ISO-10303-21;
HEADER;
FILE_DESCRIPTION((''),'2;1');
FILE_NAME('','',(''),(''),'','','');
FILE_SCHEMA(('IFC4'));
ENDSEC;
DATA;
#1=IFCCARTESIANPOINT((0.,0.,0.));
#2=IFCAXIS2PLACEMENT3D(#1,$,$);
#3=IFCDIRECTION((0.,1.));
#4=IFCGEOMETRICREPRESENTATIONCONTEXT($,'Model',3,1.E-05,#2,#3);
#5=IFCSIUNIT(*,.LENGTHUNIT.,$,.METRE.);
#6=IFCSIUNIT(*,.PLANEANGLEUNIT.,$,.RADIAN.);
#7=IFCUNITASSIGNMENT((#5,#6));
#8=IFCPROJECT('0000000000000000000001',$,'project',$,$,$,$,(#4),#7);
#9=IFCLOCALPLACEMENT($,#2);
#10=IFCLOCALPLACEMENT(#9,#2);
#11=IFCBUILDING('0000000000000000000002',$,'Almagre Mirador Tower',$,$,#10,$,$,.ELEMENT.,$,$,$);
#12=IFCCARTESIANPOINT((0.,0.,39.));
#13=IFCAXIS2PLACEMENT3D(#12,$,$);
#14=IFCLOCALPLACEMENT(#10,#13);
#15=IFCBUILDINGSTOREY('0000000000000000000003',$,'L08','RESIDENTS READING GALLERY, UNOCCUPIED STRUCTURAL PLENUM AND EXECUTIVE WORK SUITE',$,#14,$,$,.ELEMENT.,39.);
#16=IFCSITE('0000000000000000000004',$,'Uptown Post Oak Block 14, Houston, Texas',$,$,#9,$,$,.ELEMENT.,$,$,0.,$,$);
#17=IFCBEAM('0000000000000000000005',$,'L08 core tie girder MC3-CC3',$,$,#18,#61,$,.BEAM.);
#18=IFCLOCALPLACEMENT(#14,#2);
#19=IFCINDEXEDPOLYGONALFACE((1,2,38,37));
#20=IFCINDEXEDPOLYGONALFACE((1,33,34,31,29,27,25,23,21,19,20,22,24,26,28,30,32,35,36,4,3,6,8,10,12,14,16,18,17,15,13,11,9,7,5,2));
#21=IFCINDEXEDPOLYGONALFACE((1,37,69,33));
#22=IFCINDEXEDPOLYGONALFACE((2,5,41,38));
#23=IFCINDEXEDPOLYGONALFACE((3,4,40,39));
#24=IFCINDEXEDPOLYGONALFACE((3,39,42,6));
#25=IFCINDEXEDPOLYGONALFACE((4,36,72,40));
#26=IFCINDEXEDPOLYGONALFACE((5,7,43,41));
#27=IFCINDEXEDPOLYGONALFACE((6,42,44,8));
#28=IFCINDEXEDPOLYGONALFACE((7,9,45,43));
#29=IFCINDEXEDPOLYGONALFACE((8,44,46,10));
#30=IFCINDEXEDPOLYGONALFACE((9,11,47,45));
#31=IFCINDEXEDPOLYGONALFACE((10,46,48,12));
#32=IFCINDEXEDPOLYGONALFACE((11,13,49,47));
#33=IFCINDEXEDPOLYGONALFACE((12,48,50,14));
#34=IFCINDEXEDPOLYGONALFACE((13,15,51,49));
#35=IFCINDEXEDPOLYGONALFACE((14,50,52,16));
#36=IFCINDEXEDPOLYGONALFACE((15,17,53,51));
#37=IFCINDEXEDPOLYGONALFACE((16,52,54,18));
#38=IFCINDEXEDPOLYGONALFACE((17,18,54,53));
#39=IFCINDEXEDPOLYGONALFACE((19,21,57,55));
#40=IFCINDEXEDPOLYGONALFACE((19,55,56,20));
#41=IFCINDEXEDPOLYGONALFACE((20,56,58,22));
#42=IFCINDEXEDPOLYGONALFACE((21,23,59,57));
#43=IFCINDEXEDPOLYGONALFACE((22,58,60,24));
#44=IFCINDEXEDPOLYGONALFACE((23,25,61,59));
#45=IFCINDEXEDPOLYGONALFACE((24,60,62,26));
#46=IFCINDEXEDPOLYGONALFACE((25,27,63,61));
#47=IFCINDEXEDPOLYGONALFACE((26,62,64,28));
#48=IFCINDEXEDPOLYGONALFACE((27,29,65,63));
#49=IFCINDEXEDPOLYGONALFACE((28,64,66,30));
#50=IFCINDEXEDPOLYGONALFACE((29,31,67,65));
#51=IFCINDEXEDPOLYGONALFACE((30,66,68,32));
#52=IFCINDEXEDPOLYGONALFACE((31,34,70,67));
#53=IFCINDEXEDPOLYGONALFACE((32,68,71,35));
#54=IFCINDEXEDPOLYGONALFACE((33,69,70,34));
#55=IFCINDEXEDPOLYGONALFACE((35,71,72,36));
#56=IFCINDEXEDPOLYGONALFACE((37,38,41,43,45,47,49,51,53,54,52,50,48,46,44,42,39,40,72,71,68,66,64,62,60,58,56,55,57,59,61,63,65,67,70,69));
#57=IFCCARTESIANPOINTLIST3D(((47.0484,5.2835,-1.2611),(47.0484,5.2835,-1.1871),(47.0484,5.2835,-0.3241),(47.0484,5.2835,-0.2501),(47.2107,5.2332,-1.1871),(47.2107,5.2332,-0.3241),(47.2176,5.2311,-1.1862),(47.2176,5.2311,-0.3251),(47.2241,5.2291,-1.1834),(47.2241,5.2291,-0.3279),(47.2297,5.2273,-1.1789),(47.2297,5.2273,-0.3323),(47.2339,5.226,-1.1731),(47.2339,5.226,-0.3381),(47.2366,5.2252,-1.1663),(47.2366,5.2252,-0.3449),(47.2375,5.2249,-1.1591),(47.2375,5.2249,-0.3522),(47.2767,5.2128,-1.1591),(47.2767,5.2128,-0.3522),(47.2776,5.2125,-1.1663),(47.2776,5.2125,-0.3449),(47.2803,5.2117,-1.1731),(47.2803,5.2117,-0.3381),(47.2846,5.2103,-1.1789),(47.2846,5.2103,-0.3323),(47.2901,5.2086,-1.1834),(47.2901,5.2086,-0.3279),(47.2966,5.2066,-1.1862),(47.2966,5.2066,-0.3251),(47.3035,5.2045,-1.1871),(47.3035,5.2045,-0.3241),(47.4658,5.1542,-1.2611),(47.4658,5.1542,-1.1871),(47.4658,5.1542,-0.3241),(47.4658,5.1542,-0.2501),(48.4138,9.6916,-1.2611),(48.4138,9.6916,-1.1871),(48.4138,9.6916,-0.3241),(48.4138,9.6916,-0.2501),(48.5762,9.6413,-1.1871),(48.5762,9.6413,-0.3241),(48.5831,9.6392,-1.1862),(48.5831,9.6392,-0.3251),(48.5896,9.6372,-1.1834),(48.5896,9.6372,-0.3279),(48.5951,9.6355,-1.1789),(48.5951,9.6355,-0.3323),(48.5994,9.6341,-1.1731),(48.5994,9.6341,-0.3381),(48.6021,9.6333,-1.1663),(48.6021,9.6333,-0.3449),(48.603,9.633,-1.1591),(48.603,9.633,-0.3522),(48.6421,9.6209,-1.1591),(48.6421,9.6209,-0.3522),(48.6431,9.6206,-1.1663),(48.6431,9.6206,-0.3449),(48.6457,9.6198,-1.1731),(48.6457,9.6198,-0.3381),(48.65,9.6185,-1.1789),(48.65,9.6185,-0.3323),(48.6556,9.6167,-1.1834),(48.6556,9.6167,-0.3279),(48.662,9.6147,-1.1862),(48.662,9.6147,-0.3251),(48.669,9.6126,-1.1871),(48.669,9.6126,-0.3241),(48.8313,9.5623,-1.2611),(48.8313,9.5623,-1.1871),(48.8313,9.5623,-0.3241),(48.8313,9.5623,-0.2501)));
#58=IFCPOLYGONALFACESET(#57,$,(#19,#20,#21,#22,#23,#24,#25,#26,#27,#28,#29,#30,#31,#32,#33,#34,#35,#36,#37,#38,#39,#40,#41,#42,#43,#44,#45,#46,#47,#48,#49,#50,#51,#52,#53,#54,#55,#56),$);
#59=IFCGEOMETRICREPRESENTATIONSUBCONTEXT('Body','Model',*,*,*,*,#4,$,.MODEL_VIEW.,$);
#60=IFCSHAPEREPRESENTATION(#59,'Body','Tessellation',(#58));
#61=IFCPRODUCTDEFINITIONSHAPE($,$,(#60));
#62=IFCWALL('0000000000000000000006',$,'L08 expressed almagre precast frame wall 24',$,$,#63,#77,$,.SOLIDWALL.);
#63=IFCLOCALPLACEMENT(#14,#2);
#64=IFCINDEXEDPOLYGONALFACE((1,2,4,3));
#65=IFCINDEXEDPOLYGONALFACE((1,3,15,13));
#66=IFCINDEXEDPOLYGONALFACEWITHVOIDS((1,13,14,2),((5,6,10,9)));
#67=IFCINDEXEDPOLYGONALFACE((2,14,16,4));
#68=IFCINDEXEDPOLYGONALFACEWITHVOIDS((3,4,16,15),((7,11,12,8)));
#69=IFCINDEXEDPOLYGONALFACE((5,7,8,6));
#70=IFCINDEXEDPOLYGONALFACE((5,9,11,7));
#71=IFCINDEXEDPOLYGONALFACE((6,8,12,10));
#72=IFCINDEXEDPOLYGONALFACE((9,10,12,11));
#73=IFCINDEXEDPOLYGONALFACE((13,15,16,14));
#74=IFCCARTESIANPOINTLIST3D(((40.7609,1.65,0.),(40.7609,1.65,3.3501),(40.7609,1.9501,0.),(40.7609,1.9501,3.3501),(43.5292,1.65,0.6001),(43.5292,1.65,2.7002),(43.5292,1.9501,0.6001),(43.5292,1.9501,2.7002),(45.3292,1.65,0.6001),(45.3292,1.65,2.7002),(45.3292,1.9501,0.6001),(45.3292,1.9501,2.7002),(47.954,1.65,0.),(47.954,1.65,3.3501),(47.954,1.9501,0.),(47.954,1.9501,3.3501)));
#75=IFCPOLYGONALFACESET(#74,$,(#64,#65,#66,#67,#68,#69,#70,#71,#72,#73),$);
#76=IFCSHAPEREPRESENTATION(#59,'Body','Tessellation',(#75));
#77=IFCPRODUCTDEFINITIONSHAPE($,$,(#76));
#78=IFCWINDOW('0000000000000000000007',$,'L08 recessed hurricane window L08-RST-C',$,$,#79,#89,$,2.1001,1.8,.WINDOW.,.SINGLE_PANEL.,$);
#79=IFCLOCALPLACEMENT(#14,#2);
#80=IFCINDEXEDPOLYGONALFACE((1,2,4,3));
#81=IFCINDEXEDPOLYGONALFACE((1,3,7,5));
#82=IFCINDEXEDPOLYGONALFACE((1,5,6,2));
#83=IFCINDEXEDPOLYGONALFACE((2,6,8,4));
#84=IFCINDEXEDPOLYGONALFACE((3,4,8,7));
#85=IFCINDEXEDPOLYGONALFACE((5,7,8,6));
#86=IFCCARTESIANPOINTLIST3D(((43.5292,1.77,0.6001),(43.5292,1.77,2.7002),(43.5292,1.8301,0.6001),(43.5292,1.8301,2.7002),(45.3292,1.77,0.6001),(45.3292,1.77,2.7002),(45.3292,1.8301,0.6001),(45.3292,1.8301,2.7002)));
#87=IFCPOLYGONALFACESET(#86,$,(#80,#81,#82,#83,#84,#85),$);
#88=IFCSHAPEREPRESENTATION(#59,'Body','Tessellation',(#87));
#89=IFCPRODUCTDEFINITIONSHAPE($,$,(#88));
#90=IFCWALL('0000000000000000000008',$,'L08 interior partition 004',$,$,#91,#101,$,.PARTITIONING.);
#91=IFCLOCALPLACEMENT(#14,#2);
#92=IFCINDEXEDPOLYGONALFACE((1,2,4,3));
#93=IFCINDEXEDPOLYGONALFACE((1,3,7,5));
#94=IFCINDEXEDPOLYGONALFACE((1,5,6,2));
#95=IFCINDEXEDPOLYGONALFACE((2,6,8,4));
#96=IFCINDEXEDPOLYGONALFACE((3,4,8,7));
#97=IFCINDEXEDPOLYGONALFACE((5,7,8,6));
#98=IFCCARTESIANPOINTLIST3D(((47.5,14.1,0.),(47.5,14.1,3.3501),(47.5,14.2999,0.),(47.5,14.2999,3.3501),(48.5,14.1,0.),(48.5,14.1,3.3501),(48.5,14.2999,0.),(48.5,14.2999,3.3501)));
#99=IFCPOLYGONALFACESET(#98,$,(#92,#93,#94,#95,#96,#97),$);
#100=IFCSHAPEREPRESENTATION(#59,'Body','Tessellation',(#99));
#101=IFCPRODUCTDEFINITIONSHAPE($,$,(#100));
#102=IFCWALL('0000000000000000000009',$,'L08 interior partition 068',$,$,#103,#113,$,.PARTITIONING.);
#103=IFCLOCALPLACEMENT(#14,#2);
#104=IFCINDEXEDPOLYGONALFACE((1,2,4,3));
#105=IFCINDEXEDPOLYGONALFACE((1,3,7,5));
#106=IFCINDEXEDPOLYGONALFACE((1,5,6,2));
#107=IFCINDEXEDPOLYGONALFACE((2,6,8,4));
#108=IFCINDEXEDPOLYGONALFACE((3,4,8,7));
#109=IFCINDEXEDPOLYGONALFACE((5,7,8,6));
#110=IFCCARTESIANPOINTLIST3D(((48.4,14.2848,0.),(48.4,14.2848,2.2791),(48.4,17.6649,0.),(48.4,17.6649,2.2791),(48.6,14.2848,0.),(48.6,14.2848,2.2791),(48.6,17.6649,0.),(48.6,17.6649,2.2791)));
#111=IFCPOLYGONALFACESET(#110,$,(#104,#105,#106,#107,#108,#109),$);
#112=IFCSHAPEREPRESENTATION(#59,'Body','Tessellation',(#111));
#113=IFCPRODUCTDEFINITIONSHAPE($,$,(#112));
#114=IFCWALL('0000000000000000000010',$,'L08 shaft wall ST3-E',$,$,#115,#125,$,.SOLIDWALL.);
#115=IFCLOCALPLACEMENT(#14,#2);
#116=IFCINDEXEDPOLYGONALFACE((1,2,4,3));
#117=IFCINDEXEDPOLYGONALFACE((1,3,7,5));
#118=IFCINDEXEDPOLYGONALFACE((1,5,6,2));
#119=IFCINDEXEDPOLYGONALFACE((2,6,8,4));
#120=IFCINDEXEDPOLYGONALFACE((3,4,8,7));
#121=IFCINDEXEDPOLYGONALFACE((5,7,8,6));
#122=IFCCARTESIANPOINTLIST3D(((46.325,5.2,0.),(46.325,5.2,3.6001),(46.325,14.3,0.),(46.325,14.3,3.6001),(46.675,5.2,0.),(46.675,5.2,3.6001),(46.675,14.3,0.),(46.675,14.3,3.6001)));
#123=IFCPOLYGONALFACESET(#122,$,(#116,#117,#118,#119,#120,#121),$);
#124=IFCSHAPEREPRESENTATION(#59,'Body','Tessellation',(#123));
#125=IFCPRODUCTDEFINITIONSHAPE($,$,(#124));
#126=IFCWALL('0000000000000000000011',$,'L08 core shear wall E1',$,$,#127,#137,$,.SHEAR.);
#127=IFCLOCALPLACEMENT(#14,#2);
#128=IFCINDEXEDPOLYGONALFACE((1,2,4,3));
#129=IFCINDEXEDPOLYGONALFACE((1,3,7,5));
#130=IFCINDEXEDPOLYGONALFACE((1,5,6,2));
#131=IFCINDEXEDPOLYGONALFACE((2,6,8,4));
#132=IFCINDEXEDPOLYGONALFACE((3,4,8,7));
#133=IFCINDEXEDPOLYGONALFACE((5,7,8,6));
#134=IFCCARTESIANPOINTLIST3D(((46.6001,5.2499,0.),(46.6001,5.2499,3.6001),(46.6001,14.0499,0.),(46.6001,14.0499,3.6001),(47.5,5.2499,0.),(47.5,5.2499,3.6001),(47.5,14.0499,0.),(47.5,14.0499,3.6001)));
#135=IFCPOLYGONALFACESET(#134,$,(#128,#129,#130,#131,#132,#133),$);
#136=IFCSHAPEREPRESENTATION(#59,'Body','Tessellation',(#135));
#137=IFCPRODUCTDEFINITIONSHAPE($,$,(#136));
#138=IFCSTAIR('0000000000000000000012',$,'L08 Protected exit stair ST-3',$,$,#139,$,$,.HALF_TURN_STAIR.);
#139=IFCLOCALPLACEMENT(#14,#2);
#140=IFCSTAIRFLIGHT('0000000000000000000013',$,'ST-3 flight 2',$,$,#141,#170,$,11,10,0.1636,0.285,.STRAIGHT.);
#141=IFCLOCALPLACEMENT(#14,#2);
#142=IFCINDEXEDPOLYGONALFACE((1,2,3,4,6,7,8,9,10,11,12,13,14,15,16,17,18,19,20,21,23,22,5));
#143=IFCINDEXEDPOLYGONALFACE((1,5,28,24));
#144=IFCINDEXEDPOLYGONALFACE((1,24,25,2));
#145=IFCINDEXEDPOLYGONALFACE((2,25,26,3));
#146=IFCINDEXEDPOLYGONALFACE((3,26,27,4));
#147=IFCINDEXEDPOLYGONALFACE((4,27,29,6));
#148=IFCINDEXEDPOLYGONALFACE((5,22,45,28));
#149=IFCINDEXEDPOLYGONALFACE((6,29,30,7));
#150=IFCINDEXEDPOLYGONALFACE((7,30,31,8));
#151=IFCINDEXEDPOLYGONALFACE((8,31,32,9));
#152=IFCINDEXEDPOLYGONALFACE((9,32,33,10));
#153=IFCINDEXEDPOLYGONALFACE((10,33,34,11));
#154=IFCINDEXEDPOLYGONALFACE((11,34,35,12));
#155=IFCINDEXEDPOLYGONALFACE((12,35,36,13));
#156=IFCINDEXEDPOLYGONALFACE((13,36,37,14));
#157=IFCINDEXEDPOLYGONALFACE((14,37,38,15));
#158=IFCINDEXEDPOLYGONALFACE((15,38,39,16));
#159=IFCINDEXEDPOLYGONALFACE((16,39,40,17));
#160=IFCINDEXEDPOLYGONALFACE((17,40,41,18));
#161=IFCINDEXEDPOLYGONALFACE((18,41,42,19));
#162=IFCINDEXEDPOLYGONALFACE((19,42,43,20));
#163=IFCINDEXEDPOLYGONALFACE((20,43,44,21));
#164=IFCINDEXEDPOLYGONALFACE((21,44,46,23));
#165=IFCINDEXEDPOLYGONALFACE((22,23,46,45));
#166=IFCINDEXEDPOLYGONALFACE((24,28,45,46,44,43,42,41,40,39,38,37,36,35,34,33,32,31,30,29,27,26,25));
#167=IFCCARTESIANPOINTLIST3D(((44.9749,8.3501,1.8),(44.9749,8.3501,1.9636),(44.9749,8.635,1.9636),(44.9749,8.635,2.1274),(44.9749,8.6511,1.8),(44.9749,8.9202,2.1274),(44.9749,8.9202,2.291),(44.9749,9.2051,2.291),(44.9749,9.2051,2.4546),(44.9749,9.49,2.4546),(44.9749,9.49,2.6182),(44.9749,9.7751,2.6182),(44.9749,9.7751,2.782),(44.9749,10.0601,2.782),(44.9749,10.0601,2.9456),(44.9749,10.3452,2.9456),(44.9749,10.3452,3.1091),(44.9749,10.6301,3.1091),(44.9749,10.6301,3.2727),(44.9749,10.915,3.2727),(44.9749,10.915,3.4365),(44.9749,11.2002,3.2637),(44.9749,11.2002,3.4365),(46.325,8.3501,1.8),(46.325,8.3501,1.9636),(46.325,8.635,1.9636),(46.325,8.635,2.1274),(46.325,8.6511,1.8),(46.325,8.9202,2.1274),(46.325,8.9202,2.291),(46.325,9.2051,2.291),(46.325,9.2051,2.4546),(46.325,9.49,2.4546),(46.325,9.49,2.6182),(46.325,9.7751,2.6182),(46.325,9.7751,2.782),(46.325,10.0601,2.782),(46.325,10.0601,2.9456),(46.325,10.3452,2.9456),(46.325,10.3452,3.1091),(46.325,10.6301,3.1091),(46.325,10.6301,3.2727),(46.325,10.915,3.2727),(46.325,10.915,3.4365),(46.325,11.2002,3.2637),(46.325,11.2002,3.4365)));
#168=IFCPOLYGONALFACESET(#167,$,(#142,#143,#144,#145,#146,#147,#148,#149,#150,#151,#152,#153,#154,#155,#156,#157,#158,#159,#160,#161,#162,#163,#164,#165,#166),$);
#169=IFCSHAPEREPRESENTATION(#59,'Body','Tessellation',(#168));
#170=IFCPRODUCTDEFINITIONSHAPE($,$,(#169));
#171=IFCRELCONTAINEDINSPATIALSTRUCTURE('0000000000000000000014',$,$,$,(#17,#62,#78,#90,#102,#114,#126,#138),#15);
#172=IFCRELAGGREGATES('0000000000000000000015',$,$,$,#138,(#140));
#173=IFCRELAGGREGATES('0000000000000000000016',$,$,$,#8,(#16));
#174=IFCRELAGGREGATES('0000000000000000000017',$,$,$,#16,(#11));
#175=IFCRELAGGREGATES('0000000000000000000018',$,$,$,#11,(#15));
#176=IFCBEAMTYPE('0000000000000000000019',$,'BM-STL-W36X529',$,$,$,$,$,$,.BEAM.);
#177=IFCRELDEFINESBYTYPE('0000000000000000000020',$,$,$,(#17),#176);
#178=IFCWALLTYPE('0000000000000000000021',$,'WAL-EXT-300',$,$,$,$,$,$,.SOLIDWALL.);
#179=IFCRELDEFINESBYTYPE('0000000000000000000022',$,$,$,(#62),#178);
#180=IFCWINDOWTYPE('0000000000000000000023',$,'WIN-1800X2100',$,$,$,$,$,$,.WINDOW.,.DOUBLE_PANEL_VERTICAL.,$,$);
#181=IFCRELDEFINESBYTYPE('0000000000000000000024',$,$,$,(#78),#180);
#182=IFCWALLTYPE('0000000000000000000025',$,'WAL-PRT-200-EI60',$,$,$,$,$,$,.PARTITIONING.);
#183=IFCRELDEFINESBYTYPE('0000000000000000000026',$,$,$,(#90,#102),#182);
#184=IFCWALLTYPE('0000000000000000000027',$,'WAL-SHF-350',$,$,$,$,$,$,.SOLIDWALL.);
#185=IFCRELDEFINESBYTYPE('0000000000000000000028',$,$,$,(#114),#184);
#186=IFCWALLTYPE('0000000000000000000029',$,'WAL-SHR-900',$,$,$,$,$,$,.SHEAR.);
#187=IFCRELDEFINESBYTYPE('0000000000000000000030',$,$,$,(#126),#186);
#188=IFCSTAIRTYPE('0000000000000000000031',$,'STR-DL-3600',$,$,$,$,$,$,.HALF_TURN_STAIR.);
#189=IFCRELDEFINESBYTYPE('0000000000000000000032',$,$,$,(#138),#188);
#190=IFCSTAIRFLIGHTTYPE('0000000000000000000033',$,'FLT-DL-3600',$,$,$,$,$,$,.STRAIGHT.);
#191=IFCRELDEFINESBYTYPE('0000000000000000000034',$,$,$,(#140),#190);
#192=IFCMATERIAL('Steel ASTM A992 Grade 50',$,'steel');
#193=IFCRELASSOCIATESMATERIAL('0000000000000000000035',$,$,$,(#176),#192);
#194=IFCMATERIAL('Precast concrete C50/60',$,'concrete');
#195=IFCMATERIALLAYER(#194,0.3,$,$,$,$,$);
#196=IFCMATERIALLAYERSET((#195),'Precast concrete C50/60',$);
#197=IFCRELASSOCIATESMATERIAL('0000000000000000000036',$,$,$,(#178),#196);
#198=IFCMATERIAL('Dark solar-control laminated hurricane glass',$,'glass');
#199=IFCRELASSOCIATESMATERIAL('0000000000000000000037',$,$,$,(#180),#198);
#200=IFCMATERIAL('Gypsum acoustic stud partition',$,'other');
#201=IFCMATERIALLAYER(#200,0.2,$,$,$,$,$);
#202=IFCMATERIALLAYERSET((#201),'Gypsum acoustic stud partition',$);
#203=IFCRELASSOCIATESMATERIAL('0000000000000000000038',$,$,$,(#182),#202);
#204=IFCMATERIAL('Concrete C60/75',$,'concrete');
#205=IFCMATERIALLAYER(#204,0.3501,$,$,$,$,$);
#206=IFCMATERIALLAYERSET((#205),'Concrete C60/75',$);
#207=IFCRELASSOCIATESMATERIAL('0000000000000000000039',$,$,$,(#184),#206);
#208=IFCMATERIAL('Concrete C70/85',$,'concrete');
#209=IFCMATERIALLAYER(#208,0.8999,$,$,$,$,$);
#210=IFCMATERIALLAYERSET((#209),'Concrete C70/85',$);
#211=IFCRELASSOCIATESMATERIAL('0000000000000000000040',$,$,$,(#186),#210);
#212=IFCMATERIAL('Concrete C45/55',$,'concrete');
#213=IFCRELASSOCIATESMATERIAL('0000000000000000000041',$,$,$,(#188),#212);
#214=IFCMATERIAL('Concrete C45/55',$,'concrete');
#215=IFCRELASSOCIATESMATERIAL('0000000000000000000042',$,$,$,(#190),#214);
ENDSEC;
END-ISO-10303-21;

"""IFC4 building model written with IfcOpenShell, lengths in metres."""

from ifc_helpers import new_model, si_unit, direction, frame, frame_2d, origin, origin_2d, place, context, subcontext, project, spatial, polyline, rectangle, i_section, outline, extrude, material, layer, layer_set, material_profile, profile_set, type_object, element, fill, aggregate, save


model = new_model("IFC4")

# Units and contexts
model_context = context("Model", 3, precision=1e-05, world=origin(), true_north=direction((0.0, 1.0)))
body_context = subcontext(model_context, "Body", "Model", "MODEL_VIEW")
ifc_project = project(units=[si_unit("LENGTHUNIT", "METRE"), si_unit("PLANEANGLEUNIT", "RADIAN")], contexts=[model_context])

# Site, building, storey
site_placement = place(None, origin())
site = spatial("IfcSite", under=ifc_project, at=site_placement, Name="Uptown Post Oak Block 14, Houston, Texas", CompositionType="ELEMENT", RefElevation=0.0)
building_placement = place(site_placement, origin())
building = spatial("IfcBuilding", under=site, at=building_placement, Name="Almagre Mirador Tower", CompositionType="ELEMENT")
storey_placement = place(building_placement, frame((0.0, 0.0, 39.0)))
storey = spatial("IfcBuildingStorey", under=building, at=storey_placement, Name="L08", Description="RESIDENTS READING GALLERY, UNOCCUPIED STRUCTURAL PLENUM AND EXECUTIVE WORK SUITE", CompositionType="ELEMENT", Elevation=39.0)

# Beam
ifc_material_1 = material(Name="Steel ASTM A992 Grade 50", Category="steel")
ifc_material_profile_1 = material_profile(ifc_material_1, i_section(OverallWidth=0.437, OverallDepth=1.011, WebThickness=0.041, FlangeThickness=0.074, FilletRadius=0.0281, at=origin_2d()), Name="W36X529")
ifc_profile_set_1 = profile_set([ifc_material_profile_1], Name="Steel ASTM A992 Grade 50")
beam_type_1 = type_object("IfcBeamType", Name="BM-STL-W36X529", PredefinedType="BEAM", material=ifc_profile_set_1)
beam_1_placement = place(storey_placement, frame((48.6226, 9.627, -0.7556), z_axis=(-0.295888, -0.955223, 0.0), x_axis=(0.955223, -0.295888, 0.0)))
element("IfcBeam", 1, at=beam_1_placement, inside=storey, type_object=beam_type_1, Name="L08 core tie girder MC3-CC3", PredefinedType="BEAM", context=body_context, shape_type="SweptSolid", body=[
    extrude(i_section(OverallWidth=0.437, OverallDepth=1.011, WebThickness=0.041, FlangeThickness=0.074, FilletRadius=0.0281, at=origin_2d()), origin(), (0.0, 0.0, 1.0), 4.6147),
])

# Wall, opening, window
ifc_material_2 = material(Name="Precast concrete C50/60", Category="concrete")
ifc_layer_1 = layer(ifc_material_2, 0.3)
ifc_layer_set_1 = layer_set([ifc_layer_1], Name="Precast concrete C50/60")
wall_type_1 = type_object("IfcWallType", Name="WAL-EXT-300", PredefinedType="SOLIDWALL", material=ifc_layer_set_1)
wall_1_placement = place(storey_placement, frame((47.9541, 1.8, 0.0), z_axis=(0.0, 0.0, 1.0), x_axis=(-1.0, 0.0, 0.0)))
wall_1 = element("IfcWall", 2, at=wall_1_placement, inside=storey, type_object=wall_type_1, Name="L08 expressed almagre precast frame wall 24", PredefinedType="SOLIDWALL", context=body_context, shape_type="SweptSolid", body=[
    extrude(rectangle(XDim=7.1931, YDim=0.3, at=frame_2d((3.5967, 0.0))), origin(), (0.0, 0.0, 1.0), 3.3501),
])
opening_placement = place(wall_1_placement, frame((2.625, 0.0, 0.6001)))
opening = element("IfcOpeningElement", 3, at=opening_placement, cuts=wall_1, PredefinedType="OPENING", context=body_context, shape_type="SweptSolid", body=[
    extrude(rectangle(XDim=1.8, YDim=2.1001, at=frame_2d((0.8999, 1.05))), frame((0.0, 0.1599, 0.0), z_axis=(0.0, -1.0, 0.0), x_axis=(1.0, 0.0, 0.0)), (0.0, 0.0, 1.0), 0.32),
])
ifc_material_3 = material(Name="Dark solar-control laminated hurricane glass", Category="glass")
window_type = type_object("IfcWindowType", Name="WIN-1800X2100", PartitioningType="DOUBLE_PANEL_VERTICAL", PredefinedType="WINDOW", material=ifc_material_3)
window_placement = place(opening_placement, origin())
window = element("IfcWindow", 4, at=window_placement, inside=storey, type_object=window_type, Name="L08 recessed hurricane window L08-RST-C", OverallHeight=2.1001, OverallWidth=1.8, PartitioningType="SINGLE_PANEL", PredefinedType="WINDOW", context=body_context, shape_type="SweptSolid", body=[
    extrude(rectangle(XDim=1.8, YDim=2.1001, at=frame_2d((0.8999, 1.05))), frame((0.0, 0.03, 0.0), z_axis=(0.0, -1.0, 0.0), x_axis=(1.0, 0.0, 0.0)), (0.0, 0.0, 1.0), 0.0601),
])
fill(opening, window)

# Walls
ifc_material_4 = material(Name="Gypsum acoustic stud partition", Category="other")
ifc_layer_2 = layer(ifc_material_4, 0.2)
ifc_layer_set_2 = layer_set([ifc_layer_2], Name="Gypsum acoustic stud partition")
wall_type_2 = type_object("IfcWallType", Name="WAL-PRT-200-EI60", PredefinedType="PARTITIONING", material=ifc_layer_set_2)
wall_2_placement = place(storey_placement, frame((47.5, 14.2, 0.0), z_axis=(0.0, 0.0, 1.0), x_axis=(1.0, 0.0, 0.0)))
element("IfcWall", 5, at=wall_2_placement, inside=storey, type_object=wall_type_2, Name="L08 interior partition 004", PredefinedType="PARTITIONING", context=body_context, shape_type="SweptSolid", body=[
    extrude(rectangle(XDim=1.0, YDim=0.2, at=frame_2d((0.5, 0.0))), origin(), (0.0, 0.0, 1.0), 3.3501),
])
wall_3_placement = place(storey_placement, frame((48.5, 14.2849, 0.0), z_axis=(0.0, 0.0, 1.0), x_axis=(0.0, 1.0, 0.0)))
element("IfcWall", 6, at=wall_3_placement, inside=storey, type_object=wall_type_2, Name="L08 interior partition 068", PredefinedType="PARTITIONING", context=body_context, shape_type="SweptSolid", body=[
    extrude(rectangle(XDim=3.3801, YDim=0.2, at=frame_2d((1.6899, 0.0))), origin(), (0.0, 0.0, 1.0), 2.2791),
])
ifc_material_5 = material(Name="Concrete C60/75", Category="concrete")
ifc_layer_3 = layer(ifc_material_5, 0.3501)
ifc_layer_set_3 = layer_set([ifc_layer_3], Name="Concrete C60/75")
wall_type_3 = type_object("IfcWallType", Name="WAL-SHF-350", PredefinedType="SOLIDWALL", material=ifc_layer_set_3)
wall_4_placement = place(storey_placement, frame((46.5, 5.2, 0.0), z_axis=(0.0, 0.0, 1.0), x_axis=(0.0, 1.0, 0.0)))
element("IfcWall", 7, at=wall_4_placement, inside=storey, type_object=wall_type_3, Name="L08 shaft wall ST3-E", PredefinedType="SOLIDWALL", context=body_context, shape_type="SweptSolid", body=[
    extrude(rectangle(XDim=9.1001, YDim=0.3501, at=frame_2d((4.55, 0.0))), origin(), (0.0, 0.0, 1.0), 3.6001),
])
ifc_material_6 = material(Name="Concrete C70/85", Category="concrete")
ifc_layer_4 = layer(ifc_material_6, 0.8999)
ifc_layer_set_4 = layer_set([ifc_layer_4], Name="Concrete C70/85")
wall_type_4 = type_object("IfcWallType", Name="WAL-SHR-900", PredefinedType="SHEAR", material=ifc_layer_set_4)
wall_5_placement = place(storey_placement, frame((47.05, 5.25, 0.0), z_axis=(0.0, 0.0, 1.0), x_axis=(0.0, 1.0, 0.0)))
element("IfcWall", 8, at=wall_5_placement, inside=storey, type_object=wall_type_4, Name="L08 core shear wall E1", PredefinedType="SHEAR", context=body_context, shape_type="SweptSolid", body=[
    extrude(rectangle(XDim=8.8, YDim=0.8999, at=frame_2d((4.3999, 0.0))), origin(), (0.0, 0.0, 1.0), 3.6001),
])

# Stair, stair flight
ifc_material_7 = material(Name="Concrete C45/55", Category="concrete")
stair_type = type_object("IfcStairType", Name="STR-DL-3600", PredefinedType="HALF_TURN_STAIR", material=ifc_material_7)
stair_placement = place(storey_placement, origin())
stair = element("IfcStair", 9, at=stair_placement, inside=storey, type_object=stair_type, Name="L08 Protected exit stair ST-3", PredefinedType="HALF_TURN_STAIR")
ifc_material_8 = material(Name="Concrete C45/55", Category="concrete")
stair_flight_type = type_object("IfcStairFlightType", Name="FLT-DL-3600", PredefinedType="STRAIGHT", material=ifc_material_8)
stair_flight_placement = place(storey_placement, frame((45.6499, 8.3501, 1.8), z_axis=(0.0, 0.0, 1.0), x_axis=(0.0, 1.0, 0.0)))
stair_flight = element("IfcStairFlight", 10, at=stair_flight_placement, type_object=stair_flight_type, Name="ST-3 flight 2", NumberOfRisers=11, NumberOfTreads=10, PredefinedType="STRAIGHT", RiserHeight=0.1636, TreadLength=0.285, context=body_context, shape_type="SweptSolid", body=[
    extrude(outline(polyline([(0.0, 0.0), (0.0, 0.1636), (0.2849, 0.1636), (0.2849, 0.3274), (0.5701, 0.3274), (0.5701, 0.491), (0.855, 0.491), (0.855, 0.6545), (1.1399, 0.6545), (1.1399, 0.8181), (1.425, 0.8181), (1.425, 0.9819), (1.71, 0.9819), (1.71, 1.1455), (1.9951, 1.1455), (1.9951, 1.3091), (2.28, 1.3091), (2.28, 1.4727), (2.5649, 1.4727), (2.5649, 1.6365), (2.8501, 1.6365), (2.8501, 1.8), (2.8501, 1.4636), (0.301, 0.0), (0.0, 0.0)])), frame((0.0, 0.675, 0.0), z_axis=(0.0, -1.0, 0.0), x_axis=(1.0, 0.0, 0.0)), (0.0, 0.0, 1.0), 1.3501),
])
aggregate(stair, [stair_flight])

save(model, "model.ifc")
